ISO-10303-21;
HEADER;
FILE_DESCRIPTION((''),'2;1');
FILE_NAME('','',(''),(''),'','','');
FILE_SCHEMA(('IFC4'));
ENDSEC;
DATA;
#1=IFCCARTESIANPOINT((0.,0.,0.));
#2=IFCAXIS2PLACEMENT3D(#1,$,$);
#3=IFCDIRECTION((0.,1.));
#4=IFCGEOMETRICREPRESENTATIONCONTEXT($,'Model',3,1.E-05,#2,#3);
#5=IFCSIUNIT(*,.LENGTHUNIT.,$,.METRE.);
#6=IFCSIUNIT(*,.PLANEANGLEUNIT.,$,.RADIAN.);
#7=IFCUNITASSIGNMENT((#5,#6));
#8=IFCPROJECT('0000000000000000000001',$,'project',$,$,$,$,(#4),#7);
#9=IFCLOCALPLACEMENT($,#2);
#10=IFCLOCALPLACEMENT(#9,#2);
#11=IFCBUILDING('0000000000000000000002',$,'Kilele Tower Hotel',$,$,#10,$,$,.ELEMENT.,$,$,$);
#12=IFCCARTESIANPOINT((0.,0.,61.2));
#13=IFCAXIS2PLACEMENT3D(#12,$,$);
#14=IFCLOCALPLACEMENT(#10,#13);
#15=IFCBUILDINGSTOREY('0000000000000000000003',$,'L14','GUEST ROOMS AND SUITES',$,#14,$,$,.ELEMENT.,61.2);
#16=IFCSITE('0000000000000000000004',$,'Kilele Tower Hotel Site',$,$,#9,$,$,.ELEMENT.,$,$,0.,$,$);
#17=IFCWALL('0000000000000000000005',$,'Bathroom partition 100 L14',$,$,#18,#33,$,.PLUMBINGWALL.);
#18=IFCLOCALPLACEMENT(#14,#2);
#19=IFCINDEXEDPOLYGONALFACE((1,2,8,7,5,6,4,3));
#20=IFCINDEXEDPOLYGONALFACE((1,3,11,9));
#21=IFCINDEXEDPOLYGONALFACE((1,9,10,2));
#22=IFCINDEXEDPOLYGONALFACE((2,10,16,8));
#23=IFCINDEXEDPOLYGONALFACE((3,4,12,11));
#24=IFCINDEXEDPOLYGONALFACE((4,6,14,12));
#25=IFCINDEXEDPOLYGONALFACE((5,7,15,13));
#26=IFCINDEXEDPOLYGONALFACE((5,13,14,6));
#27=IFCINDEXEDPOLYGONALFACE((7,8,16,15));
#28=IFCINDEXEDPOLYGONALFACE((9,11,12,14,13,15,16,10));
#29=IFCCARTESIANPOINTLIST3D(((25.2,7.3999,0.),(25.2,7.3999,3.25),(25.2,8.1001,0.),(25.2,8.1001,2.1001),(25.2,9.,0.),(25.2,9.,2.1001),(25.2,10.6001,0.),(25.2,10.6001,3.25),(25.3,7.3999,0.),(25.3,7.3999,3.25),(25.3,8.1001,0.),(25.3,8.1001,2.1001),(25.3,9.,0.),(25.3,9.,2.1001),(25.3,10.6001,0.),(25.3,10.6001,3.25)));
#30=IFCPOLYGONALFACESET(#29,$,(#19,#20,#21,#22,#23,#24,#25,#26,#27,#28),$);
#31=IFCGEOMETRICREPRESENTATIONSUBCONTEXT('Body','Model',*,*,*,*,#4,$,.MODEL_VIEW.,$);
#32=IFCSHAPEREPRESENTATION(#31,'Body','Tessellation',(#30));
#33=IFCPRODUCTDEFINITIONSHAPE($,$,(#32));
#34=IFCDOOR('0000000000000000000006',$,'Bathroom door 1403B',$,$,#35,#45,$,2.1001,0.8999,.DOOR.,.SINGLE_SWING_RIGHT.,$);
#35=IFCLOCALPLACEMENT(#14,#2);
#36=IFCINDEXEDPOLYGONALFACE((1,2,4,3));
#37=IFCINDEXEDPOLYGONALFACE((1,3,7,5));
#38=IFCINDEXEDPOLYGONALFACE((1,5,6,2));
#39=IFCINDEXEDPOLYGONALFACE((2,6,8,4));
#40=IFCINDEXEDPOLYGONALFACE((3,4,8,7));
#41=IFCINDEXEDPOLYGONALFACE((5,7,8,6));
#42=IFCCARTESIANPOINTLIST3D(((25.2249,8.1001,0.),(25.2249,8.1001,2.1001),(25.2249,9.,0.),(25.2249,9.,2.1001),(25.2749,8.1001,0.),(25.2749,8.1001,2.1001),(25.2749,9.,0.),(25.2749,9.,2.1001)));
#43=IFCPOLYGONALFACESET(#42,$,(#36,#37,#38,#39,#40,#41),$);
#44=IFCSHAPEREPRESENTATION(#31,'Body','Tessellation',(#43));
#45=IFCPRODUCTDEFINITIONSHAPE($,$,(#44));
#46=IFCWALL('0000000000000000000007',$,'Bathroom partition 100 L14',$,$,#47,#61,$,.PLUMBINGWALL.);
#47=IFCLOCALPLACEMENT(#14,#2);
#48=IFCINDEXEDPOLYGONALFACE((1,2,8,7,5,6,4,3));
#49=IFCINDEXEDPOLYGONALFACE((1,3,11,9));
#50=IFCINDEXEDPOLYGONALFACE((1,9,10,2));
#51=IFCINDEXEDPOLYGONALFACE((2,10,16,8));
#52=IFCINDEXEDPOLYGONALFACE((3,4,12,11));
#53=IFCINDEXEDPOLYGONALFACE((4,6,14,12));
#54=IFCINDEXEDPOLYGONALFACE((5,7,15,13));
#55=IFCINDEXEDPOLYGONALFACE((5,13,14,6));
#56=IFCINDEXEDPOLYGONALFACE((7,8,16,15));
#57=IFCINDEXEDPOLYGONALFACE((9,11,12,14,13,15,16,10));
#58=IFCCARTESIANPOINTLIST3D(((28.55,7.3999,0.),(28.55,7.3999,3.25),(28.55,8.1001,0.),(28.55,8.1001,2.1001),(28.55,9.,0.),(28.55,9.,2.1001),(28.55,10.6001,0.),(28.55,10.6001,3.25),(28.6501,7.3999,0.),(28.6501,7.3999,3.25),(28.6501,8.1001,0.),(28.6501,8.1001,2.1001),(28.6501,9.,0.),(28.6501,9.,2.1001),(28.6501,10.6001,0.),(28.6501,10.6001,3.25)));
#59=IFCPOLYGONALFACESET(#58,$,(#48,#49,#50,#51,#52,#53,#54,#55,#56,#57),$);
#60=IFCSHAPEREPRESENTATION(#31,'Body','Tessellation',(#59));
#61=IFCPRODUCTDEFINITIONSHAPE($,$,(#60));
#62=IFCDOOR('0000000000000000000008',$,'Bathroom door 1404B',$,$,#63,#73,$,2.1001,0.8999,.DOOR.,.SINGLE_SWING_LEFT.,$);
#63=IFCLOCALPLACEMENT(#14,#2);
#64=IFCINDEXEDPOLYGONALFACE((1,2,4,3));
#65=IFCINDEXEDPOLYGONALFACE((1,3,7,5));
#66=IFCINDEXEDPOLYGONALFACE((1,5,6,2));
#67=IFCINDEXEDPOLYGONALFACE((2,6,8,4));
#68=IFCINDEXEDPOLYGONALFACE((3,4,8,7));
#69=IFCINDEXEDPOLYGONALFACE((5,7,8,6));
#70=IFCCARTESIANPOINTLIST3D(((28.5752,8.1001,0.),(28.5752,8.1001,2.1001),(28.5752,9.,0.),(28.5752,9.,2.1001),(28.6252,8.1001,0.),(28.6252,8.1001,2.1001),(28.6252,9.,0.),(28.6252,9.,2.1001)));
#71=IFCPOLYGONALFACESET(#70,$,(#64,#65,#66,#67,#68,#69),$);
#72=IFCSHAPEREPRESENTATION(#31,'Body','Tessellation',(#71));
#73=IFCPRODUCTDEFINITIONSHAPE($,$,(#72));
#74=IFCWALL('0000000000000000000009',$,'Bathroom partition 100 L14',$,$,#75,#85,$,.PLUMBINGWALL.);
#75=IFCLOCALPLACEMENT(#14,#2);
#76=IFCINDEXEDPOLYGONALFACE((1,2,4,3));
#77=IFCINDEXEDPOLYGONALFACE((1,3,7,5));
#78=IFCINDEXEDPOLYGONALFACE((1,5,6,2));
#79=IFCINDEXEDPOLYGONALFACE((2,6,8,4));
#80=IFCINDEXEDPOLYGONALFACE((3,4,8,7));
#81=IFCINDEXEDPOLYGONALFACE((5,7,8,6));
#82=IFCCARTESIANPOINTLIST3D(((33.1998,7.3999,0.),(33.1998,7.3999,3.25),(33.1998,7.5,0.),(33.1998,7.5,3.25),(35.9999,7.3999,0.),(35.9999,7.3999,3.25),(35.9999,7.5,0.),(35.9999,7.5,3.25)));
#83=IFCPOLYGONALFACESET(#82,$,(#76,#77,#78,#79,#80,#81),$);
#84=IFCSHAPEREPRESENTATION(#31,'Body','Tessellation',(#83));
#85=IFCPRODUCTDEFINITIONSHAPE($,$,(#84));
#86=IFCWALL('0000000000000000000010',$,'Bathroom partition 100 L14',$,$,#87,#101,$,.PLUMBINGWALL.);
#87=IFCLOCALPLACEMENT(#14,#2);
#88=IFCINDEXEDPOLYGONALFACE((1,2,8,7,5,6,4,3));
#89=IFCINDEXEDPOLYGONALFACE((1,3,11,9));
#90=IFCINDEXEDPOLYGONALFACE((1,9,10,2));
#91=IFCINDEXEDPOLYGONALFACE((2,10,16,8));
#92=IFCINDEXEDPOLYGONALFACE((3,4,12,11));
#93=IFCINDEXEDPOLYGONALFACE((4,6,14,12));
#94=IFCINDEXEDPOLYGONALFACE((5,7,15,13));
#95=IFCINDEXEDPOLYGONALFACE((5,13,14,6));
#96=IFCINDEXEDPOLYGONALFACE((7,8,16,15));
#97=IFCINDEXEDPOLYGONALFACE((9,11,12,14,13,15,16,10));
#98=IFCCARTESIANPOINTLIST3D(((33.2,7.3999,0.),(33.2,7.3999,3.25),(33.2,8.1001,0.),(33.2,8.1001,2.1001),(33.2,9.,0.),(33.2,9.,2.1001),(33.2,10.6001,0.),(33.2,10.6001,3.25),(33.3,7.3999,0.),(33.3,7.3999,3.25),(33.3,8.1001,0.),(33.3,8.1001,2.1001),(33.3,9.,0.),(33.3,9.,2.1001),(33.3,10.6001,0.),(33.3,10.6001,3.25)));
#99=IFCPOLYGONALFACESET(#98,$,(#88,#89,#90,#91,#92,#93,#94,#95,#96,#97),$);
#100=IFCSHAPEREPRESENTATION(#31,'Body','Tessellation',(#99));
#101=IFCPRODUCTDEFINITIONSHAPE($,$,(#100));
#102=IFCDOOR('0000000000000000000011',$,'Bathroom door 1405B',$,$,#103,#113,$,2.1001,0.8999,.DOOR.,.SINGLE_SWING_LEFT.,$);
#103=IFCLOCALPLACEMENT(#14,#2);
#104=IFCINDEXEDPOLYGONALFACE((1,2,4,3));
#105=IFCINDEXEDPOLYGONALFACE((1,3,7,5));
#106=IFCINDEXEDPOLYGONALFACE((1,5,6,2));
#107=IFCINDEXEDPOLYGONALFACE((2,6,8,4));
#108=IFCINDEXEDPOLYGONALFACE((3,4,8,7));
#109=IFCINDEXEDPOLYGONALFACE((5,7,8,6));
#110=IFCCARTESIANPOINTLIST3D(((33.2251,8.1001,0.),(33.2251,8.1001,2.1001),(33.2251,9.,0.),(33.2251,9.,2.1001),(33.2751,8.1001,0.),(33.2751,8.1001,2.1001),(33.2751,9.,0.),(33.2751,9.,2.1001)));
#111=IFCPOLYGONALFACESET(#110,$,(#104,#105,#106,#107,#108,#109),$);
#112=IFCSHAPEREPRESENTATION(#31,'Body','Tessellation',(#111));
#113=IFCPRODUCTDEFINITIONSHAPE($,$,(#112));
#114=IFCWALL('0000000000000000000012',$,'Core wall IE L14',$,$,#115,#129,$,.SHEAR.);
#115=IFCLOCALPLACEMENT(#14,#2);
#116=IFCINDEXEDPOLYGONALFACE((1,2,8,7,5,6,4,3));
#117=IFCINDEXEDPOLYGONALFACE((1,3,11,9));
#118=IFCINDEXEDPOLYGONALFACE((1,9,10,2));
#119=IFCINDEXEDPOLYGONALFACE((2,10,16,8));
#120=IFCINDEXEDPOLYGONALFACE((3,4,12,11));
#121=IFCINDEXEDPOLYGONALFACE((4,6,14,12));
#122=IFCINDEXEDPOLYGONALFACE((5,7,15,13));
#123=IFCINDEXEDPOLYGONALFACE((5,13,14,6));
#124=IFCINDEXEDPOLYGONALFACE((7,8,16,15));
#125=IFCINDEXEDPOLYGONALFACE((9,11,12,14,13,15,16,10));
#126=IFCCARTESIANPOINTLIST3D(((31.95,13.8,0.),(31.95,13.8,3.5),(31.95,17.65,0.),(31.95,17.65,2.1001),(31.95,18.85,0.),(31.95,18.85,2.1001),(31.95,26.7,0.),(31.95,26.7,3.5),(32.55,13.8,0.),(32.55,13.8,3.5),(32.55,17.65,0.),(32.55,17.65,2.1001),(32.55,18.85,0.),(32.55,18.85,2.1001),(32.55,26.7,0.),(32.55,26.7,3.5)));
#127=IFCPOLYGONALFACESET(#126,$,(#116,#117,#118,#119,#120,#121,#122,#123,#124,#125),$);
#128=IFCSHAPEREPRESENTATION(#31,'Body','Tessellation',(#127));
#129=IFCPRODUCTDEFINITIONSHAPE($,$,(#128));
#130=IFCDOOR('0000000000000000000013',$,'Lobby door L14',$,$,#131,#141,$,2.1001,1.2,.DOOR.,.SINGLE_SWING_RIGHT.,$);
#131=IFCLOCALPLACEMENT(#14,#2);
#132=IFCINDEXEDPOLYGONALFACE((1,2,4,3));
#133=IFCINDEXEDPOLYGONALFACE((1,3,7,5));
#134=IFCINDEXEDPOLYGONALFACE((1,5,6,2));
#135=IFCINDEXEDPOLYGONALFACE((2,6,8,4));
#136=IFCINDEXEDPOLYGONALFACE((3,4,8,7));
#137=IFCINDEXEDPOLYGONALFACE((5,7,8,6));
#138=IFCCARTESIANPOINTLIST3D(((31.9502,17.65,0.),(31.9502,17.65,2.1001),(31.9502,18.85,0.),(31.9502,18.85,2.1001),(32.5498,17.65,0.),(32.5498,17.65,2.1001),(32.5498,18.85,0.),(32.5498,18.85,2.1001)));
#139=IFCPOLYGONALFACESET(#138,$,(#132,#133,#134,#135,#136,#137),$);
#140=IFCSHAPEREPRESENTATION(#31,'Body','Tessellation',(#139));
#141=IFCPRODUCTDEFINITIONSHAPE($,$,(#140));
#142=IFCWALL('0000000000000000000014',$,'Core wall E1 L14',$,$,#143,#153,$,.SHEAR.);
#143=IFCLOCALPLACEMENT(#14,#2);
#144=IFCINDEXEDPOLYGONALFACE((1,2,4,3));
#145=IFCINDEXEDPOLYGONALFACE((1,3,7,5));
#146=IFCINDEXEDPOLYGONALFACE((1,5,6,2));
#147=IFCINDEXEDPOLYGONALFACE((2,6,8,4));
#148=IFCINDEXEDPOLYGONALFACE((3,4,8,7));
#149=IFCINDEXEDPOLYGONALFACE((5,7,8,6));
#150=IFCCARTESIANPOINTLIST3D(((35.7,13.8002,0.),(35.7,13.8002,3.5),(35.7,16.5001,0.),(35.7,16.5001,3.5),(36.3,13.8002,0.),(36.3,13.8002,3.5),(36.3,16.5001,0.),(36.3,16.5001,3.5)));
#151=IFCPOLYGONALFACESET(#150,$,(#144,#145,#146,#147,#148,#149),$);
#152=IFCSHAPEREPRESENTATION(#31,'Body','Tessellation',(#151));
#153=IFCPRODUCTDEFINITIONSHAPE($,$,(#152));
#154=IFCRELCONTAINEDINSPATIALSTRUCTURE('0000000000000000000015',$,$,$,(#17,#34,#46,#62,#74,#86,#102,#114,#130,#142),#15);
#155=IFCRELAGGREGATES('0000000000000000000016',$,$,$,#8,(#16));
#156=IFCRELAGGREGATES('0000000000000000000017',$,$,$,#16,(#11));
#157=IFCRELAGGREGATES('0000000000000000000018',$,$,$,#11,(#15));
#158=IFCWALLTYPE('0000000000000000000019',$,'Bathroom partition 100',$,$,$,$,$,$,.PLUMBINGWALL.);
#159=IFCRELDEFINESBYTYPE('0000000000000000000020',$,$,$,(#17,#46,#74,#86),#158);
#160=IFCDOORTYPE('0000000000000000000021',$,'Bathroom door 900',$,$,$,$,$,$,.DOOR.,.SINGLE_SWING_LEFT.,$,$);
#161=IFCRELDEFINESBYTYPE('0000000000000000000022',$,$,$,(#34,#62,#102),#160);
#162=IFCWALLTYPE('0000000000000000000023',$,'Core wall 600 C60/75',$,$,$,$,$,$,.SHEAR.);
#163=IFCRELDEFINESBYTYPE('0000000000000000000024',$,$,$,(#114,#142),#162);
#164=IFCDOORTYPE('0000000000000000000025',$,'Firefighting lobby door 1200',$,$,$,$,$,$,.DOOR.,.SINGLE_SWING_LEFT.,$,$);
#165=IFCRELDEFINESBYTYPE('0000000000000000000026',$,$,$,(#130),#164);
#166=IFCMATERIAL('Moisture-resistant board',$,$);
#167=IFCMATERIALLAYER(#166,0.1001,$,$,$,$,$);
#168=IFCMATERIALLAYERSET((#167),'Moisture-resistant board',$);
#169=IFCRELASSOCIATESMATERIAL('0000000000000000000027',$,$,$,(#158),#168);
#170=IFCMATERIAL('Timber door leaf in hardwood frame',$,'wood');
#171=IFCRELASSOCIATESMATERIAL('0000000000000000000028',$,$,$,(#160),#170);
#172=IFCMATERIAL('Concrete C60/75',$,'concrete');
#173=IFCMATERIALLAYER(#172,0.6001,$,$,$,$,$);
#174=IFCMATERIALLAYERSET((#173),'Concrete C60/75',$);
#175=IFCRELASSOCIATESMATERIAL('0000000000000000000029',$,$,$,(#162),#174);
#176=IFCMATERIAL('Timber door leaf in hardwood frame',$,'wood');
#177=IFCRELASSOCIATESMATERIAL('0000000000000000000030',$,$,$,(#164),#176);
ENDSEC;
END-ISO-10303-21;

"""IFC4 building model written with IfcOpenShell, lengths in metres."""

from ifc_helpers import new_model, si_unit, direction, frame, frame_2d, origin, place, context, subcontext, project, spatial, rectangle, extrude, material, layer, layer_set, type_object, element, fill, save


model = new_model("IFC4")

# Units and contexts
model_context = context("Model", 3, precision=1e-05, world=origin(), true_north=direction((0.0, 1.0)))
body_context = subcontext(model_context, "Body", "Model", "MODEL_VIEW")
ifc_project = project(units=[si_unit("LENGTHUNIT", "METRE"), si_unit("PLANEANGLEUNIT", "RADIAN")], contexts=[model_context])

# Site, building, storey
site_placement = place(None, origin())
site = spatial("IfcSite", under=ifc_project, at=site_placement, Name="Kilele Tower Hotel Site", CompositionType="ELEMENT", RefElevation=0.0)
building_placement = place(site_placement, origin())
building = spatial("IfcBuilding", under=site, at=building_placement, Name="Kilele Tower Hotel", CompositionType="ELEMENT")
storey_placement = place(building_placement, frame((0.0, 0.0, 61.2)))
storey = spatial("IfcBuildingStorey", under=building, at=storey_placement, Name="L14", Description="GUEST ROOMS AND SUITES", CompositionType="ELEMENT", Elevation=61.2)

# Walls, openings, doors
ifc_material_1 = material(Name="Moisture-resistant board")
ifc_layer_1 = layer(ifc_material_1, 0.1001)
ifc_layer_set_1 = layer_set([ifc_layer_1], Name="Moisture-resistant board")
wall_type_1 = type_object("IfcWallType", Name="Bathroom partition 100", PredefinedType="PLUMBINGWALL", material=ifc_layer_set_1)
wall_1_placement = place(storey_placement, frame((25.25, 10.6001, 0.0), z_axis=(0.0, 0.0, 1.0), x_axis=(0.0, -1.0, 0.0)))
wall_1 = element("IfcWall", 1, at=wall_1_placement, inside=storey, type_object=wall_type_1, Name="Bathroom partition 100 L14", PredefinedType="PLUMBINGWALL", context=body_context, shape_type="SweptSolid", body=[
    extrude(rectangle(XDim=3.2002, YDim=0.1001, at=frame_2d((1.6001, 0.0))), origin(), (0.0, 0.0, 1.0), 3.25),
])
opening_1_placement = place(wall_1_placement, frame((1.6001, 0.0, 0.0)))
opening_1 = element("IfcOpeningElement", 2, at=opening_1_placement, cuts=wall_1, PredefinedType="OPENING", context=body_context, shape_type="SweptSolid", body=[
    extrude(rectangle(XDim=0.8999, YDim=2.1001, at=frame_2d((0.45, 1.05))), frame((0.0, 0.0601, 0.0), z_axis=(0.0, -1.0, 0.0), x_axis=(1.0, 0.0, 0.0)), (0.0, 0.0, 1.0), 0.1201),
])
ifc_material_2 = material(Name="Timber door leaf in hardwood frame", Category="wood")
door_type_1 = type_object("IfcDoorType", Name="Bathroom door 900", OperationType="SINGLE_SWING_LEFT", PredefinedType="DOOR", material=ifc_material_2)
door_1_placement = place(opening_1_placement, origin())
door_1 = element("IfcDoor", 3, at=door_1_placement, inside=storey, type_object=door_type_1, Name="Bathroom door 1403B", OperationType="SINGLE_SWING_RIGHT", OverallHeight=2.1001, OverallWidth=0.8999, PredefinedType="DOOR", context=body_context, shape_type="SweptSolid", body=[
    extrude(rectangle(XDim=0.8999, YDim=2.1001, at=frame_2d((0.45, 1.05))), frame((0.0, 0.0249, 0.0), z_axis=(0.0, -1.0, 0.0), x_axis=(1.0, 0.0, 0.0)), (0.0, 0.0, 1.0), 0.05),
])
fill(opening_1, door_1)
wall_2_placement = place(storey_placement, frame((28.6001, 10.6001, 0.0), z_axis=(0.0, 0.0, 1.0), x_axis=(0.0, -1.0, 0.0)))
wall_2 = element("IfcWall", 4, at=wall_2_placement, inside=storey, type_object=wall_type_1, Name="Bathroom partition 100 L14", PredefinedType="PLUMBINGWALL", context=body_context, shape_type="SweptSolid", body=[
    extrude(rectangle(XDim=3.2002, YDim=0.1001, at=frame_2d((1.6001, 0.0))), origin(), (0.0, 0.0, 1.0), 3.25),
])
opening_2_placement = place(wall_2_placement, frame((2.5, 0.0, 0.0), z_axis=(0.0, 0.0, 1.0), x_axis=(-1.0, 0.0, 0.0)))
opening_2 = element("IfcOpeningElement", 5, at=opening_2_placement, cuts=wall_2, PredefinedType="OPENING", context=body_context, shape_type="SweptSolid", body=[
    extrude(rectangle(XDim=0.8999, YDim=2.1001, at=frame_2d((0.45, 1.05))), frame((0.0, 0.0601, 0.0), z_axis=(0.0, -1.0, 0.0), x_axis=(1.0, 0.0, 0.0)), (0.0, 0.0, 1.0), 0.1201),
])
door_2_placement = place(opening_2_placement, origin())
door_2 = element("IfcDoor", 6, at=door_2_placement, inside=storey, type_object=door_type_1, Name="Bathroom door 1404B", OperationType="SINGLE_SWING_LEFT", OverallHeight=2.1001, OverallWidth=0.8999, PredefinedType="DOOR", context=body_context, shape_type="SweptSolid", body=[
    extrude(rectangle(XDim=0.8999, YDim=2.1001, at=frame_2d((0.45, 1.05))), frame((0.0, 0.0249, 0.0), z_axis=(0.0, -1.0, 0.0), x_axis=(1.0, 0.0, 0.0)), (0.0, 0.0, 1.0), 0.05),
])
fill(opening_2, door_2)

# Wall
wall_3_placement = place(storey_placement, frame((33.2, 7.45, 0.0), z_axis=(0.0, 0.0, 1.0), x_axis=(1.0, 0.0, 0.0)))
element("IfcWall", 7, at=wall_3_placement, inside=storey, type_object=wall_type_1, Name="Bathroom partition 100 L14", PredefinedType="PLUMBINGWALL", context=body_context, shape_type="SweptSolid", body=[
    extrude(rectangle(XDim=2.8, YDim=0.1001, at=frame_2d((1.3999, 0.0))), origin(), (0.0, 0.0, 1.0), 3.25),
])

# Walls, openings, doors
wall_4_placement = place(storey_placement, frame((33.25, 10.6001, 0.0), z_axis=(0.0, 0.0, 1.0), x_axis=(0.0, -1.0, 0.0)))
wall_4 = element("IfcWall", 8, at=wall_4_placement, inside=storey, type_object=wall_type_1, Name="Bathroom partition 100 L14", PredefinedType="PLUMBINGWALL", context=body_context, shape_type="SweptSolid", body=[
    extrude(rectangle(XDim=3.2002, YDim=0.1001, at=frame_2d((1.6001, 0.0))), origin(), (0.0, 0.0, 1.0), 3.25),
])
opening_3_placement = place(wall_4_placement, frame((2.5, 0.0, 0.0), z_axis=(0.0, 0.0, 1.0), x_axis=(-1.0, 0.0, 0.0)))
opening_3 = element("IfcOpeningElement", 9, at=opening_3_placement, cuts=wall_4, PredefinedType="OPENING", context=body_context, shape_type="SweptSolid", body=[
    extrude(rectangle(XDim=0.8999, YDim=2.1001, at=frame_2d((0.45, 1.05))), frame((0.0, 0.0601, 0.0), z_axis=(0.0, -1.0, 0.0), x_axis=(1.0, 0.0, 0.0)), (0.0, 0.0, 1.0), 0.1201),
])
door_3_placement = place(opening_3_placement, origin())
door_3 = element("IfcDoor", 10, at=door_3_placement, inside=storey, type_object=door_type_1, Name="Bathroom door 1405B", OperationType="SINGLE_SWING_LEFT", OverallHeight=2.1001, OverallWidth=0.8999, PredefinedType="DOOR", context=body_context, shape_type="SweptSolid", body=[
    extrude(rectangle(XDim=0.8999, YDim=2.1001, at=frame_2d((0.45, 1.05))), frame((0.0, 0.0249, 0.0), z_axis=(0.0, -1.0, 0.0), x_axis=(1.0, 0.0, 0.0)), (0.0, 0.0, 1.0), 0.05),
])
fill(opening_3, door_3)
ifc_material_3 = material(Name="Concrete C60/75", Category="concrete")
ifc_layer_2 = layer(ifc_material_3, 0.6001)
ifc_layer_set_2 = layer_set([ifc_layer_2], Name="Concrete C60/75")
wall_type_2 = type_object("IfcWallType", Name="Core wall 600 C60/75", PredefinedType="SHEAR", material=ifc_layer_set_2)
wall_5_placement = place(storey_placement, frame((32.25, 13.8, 0.0), z_axis=(0.0, 0.0, 1.0), x_axis=(0.0, 1.0, 0.0)))
wall_5 = element("IfcWall", 11, at=wall_5_placement, inside=storey, type_object=wall_type_2, Name="Core wall IE L14", PredefinedType="SHEAR", context=body_context, shape_type="SweptSolid", body=[
    extrude(rectangle(XDim=12.8999, YDim=0.6001, at=frame_2d((6.45, 0.0))), origin(), (0.0, 0.0, 1.0), 3.5),
])
opening_4_placement = place(wall_5_placement, frame((5.05, 0.0, 0.0), z_axis=(0.0, 0.0, 1.0), x_axis=(-1.0, 0.0, 0.0)))
opening_4 = element("IfcOpeningElement", 12, at=opening_4_placement, cuts=wall_5, PredefinedType="OPENING", context=body_context, shape_type="SweptSolid", body=[
    extrude(rectangle(XDim=1.2, YDim=2.1001, at=frame_2d((0.6001, 1.05))), frame((0.0, 0.3101, 0.0), z_axis=(0.0, -1.0, 0.0), x_axis=(1.0, 0.0, 0.0)), (0.0, 0.0, 1.0), 0.6201),
])
ifc_material_4 = material(Name="Timber door leaf in hardwood frame", Category="wood")
door_type_2 = type_object("IfcDoorType", Name="Firefighting lobby door 1200", OperationType="SINGLE_SWING_LEFT", PredefinedType="DOOR", material=ifc_material_4)
door_4_placement = place(opening_4_placement, origin())
door_4 = element("IfcDoor", 13, at=door_4_placement, inside=storey, type_object=door_type_2, Name="Lobby door L14", OperationType="SINGLE_SWING_RIGHT", OverallHeight=2.1001, OverallWidth=1.2, PredefinedType="DOOR", context=body_context, shape_type="SweptSolid", body=[
    extrude(rectangle(XDim=1.2, YDim=2.1001, at=frame_2d((0.6001, 1.05))), frame((0.0, 0.2998, 0.0), z_axis=(0.0, -1.0, 0.0), x_axis=(1.0, 0.0, 0.0)), (0.0, 0.0, 1.0), 0.5996),
])
fill(opening_4, door_4)

# Wall
wall_6_placement = place(storey_placement, frame((36.0, 13.8, 0.0), z_axis=(0.0, 0.0, 1.0), x_axis=(0.0, 1.0, 0.0)))
element("IfcWall", 14, at=wall_6_placement, inside=storey, type_object=wall_type_2, Name="Core wall E1 L14", PredefinedType="SHEAR", context=body_context, shape_type="SweptSolid", body=[
    extrude(rectangle(XDim=2.7, YDim=0.6001, at=frame_2d((1.3501, 0.0))), origin(), (0.0, 0.0, 1.0), 3.5),
])

save(model, "model.ifc")
